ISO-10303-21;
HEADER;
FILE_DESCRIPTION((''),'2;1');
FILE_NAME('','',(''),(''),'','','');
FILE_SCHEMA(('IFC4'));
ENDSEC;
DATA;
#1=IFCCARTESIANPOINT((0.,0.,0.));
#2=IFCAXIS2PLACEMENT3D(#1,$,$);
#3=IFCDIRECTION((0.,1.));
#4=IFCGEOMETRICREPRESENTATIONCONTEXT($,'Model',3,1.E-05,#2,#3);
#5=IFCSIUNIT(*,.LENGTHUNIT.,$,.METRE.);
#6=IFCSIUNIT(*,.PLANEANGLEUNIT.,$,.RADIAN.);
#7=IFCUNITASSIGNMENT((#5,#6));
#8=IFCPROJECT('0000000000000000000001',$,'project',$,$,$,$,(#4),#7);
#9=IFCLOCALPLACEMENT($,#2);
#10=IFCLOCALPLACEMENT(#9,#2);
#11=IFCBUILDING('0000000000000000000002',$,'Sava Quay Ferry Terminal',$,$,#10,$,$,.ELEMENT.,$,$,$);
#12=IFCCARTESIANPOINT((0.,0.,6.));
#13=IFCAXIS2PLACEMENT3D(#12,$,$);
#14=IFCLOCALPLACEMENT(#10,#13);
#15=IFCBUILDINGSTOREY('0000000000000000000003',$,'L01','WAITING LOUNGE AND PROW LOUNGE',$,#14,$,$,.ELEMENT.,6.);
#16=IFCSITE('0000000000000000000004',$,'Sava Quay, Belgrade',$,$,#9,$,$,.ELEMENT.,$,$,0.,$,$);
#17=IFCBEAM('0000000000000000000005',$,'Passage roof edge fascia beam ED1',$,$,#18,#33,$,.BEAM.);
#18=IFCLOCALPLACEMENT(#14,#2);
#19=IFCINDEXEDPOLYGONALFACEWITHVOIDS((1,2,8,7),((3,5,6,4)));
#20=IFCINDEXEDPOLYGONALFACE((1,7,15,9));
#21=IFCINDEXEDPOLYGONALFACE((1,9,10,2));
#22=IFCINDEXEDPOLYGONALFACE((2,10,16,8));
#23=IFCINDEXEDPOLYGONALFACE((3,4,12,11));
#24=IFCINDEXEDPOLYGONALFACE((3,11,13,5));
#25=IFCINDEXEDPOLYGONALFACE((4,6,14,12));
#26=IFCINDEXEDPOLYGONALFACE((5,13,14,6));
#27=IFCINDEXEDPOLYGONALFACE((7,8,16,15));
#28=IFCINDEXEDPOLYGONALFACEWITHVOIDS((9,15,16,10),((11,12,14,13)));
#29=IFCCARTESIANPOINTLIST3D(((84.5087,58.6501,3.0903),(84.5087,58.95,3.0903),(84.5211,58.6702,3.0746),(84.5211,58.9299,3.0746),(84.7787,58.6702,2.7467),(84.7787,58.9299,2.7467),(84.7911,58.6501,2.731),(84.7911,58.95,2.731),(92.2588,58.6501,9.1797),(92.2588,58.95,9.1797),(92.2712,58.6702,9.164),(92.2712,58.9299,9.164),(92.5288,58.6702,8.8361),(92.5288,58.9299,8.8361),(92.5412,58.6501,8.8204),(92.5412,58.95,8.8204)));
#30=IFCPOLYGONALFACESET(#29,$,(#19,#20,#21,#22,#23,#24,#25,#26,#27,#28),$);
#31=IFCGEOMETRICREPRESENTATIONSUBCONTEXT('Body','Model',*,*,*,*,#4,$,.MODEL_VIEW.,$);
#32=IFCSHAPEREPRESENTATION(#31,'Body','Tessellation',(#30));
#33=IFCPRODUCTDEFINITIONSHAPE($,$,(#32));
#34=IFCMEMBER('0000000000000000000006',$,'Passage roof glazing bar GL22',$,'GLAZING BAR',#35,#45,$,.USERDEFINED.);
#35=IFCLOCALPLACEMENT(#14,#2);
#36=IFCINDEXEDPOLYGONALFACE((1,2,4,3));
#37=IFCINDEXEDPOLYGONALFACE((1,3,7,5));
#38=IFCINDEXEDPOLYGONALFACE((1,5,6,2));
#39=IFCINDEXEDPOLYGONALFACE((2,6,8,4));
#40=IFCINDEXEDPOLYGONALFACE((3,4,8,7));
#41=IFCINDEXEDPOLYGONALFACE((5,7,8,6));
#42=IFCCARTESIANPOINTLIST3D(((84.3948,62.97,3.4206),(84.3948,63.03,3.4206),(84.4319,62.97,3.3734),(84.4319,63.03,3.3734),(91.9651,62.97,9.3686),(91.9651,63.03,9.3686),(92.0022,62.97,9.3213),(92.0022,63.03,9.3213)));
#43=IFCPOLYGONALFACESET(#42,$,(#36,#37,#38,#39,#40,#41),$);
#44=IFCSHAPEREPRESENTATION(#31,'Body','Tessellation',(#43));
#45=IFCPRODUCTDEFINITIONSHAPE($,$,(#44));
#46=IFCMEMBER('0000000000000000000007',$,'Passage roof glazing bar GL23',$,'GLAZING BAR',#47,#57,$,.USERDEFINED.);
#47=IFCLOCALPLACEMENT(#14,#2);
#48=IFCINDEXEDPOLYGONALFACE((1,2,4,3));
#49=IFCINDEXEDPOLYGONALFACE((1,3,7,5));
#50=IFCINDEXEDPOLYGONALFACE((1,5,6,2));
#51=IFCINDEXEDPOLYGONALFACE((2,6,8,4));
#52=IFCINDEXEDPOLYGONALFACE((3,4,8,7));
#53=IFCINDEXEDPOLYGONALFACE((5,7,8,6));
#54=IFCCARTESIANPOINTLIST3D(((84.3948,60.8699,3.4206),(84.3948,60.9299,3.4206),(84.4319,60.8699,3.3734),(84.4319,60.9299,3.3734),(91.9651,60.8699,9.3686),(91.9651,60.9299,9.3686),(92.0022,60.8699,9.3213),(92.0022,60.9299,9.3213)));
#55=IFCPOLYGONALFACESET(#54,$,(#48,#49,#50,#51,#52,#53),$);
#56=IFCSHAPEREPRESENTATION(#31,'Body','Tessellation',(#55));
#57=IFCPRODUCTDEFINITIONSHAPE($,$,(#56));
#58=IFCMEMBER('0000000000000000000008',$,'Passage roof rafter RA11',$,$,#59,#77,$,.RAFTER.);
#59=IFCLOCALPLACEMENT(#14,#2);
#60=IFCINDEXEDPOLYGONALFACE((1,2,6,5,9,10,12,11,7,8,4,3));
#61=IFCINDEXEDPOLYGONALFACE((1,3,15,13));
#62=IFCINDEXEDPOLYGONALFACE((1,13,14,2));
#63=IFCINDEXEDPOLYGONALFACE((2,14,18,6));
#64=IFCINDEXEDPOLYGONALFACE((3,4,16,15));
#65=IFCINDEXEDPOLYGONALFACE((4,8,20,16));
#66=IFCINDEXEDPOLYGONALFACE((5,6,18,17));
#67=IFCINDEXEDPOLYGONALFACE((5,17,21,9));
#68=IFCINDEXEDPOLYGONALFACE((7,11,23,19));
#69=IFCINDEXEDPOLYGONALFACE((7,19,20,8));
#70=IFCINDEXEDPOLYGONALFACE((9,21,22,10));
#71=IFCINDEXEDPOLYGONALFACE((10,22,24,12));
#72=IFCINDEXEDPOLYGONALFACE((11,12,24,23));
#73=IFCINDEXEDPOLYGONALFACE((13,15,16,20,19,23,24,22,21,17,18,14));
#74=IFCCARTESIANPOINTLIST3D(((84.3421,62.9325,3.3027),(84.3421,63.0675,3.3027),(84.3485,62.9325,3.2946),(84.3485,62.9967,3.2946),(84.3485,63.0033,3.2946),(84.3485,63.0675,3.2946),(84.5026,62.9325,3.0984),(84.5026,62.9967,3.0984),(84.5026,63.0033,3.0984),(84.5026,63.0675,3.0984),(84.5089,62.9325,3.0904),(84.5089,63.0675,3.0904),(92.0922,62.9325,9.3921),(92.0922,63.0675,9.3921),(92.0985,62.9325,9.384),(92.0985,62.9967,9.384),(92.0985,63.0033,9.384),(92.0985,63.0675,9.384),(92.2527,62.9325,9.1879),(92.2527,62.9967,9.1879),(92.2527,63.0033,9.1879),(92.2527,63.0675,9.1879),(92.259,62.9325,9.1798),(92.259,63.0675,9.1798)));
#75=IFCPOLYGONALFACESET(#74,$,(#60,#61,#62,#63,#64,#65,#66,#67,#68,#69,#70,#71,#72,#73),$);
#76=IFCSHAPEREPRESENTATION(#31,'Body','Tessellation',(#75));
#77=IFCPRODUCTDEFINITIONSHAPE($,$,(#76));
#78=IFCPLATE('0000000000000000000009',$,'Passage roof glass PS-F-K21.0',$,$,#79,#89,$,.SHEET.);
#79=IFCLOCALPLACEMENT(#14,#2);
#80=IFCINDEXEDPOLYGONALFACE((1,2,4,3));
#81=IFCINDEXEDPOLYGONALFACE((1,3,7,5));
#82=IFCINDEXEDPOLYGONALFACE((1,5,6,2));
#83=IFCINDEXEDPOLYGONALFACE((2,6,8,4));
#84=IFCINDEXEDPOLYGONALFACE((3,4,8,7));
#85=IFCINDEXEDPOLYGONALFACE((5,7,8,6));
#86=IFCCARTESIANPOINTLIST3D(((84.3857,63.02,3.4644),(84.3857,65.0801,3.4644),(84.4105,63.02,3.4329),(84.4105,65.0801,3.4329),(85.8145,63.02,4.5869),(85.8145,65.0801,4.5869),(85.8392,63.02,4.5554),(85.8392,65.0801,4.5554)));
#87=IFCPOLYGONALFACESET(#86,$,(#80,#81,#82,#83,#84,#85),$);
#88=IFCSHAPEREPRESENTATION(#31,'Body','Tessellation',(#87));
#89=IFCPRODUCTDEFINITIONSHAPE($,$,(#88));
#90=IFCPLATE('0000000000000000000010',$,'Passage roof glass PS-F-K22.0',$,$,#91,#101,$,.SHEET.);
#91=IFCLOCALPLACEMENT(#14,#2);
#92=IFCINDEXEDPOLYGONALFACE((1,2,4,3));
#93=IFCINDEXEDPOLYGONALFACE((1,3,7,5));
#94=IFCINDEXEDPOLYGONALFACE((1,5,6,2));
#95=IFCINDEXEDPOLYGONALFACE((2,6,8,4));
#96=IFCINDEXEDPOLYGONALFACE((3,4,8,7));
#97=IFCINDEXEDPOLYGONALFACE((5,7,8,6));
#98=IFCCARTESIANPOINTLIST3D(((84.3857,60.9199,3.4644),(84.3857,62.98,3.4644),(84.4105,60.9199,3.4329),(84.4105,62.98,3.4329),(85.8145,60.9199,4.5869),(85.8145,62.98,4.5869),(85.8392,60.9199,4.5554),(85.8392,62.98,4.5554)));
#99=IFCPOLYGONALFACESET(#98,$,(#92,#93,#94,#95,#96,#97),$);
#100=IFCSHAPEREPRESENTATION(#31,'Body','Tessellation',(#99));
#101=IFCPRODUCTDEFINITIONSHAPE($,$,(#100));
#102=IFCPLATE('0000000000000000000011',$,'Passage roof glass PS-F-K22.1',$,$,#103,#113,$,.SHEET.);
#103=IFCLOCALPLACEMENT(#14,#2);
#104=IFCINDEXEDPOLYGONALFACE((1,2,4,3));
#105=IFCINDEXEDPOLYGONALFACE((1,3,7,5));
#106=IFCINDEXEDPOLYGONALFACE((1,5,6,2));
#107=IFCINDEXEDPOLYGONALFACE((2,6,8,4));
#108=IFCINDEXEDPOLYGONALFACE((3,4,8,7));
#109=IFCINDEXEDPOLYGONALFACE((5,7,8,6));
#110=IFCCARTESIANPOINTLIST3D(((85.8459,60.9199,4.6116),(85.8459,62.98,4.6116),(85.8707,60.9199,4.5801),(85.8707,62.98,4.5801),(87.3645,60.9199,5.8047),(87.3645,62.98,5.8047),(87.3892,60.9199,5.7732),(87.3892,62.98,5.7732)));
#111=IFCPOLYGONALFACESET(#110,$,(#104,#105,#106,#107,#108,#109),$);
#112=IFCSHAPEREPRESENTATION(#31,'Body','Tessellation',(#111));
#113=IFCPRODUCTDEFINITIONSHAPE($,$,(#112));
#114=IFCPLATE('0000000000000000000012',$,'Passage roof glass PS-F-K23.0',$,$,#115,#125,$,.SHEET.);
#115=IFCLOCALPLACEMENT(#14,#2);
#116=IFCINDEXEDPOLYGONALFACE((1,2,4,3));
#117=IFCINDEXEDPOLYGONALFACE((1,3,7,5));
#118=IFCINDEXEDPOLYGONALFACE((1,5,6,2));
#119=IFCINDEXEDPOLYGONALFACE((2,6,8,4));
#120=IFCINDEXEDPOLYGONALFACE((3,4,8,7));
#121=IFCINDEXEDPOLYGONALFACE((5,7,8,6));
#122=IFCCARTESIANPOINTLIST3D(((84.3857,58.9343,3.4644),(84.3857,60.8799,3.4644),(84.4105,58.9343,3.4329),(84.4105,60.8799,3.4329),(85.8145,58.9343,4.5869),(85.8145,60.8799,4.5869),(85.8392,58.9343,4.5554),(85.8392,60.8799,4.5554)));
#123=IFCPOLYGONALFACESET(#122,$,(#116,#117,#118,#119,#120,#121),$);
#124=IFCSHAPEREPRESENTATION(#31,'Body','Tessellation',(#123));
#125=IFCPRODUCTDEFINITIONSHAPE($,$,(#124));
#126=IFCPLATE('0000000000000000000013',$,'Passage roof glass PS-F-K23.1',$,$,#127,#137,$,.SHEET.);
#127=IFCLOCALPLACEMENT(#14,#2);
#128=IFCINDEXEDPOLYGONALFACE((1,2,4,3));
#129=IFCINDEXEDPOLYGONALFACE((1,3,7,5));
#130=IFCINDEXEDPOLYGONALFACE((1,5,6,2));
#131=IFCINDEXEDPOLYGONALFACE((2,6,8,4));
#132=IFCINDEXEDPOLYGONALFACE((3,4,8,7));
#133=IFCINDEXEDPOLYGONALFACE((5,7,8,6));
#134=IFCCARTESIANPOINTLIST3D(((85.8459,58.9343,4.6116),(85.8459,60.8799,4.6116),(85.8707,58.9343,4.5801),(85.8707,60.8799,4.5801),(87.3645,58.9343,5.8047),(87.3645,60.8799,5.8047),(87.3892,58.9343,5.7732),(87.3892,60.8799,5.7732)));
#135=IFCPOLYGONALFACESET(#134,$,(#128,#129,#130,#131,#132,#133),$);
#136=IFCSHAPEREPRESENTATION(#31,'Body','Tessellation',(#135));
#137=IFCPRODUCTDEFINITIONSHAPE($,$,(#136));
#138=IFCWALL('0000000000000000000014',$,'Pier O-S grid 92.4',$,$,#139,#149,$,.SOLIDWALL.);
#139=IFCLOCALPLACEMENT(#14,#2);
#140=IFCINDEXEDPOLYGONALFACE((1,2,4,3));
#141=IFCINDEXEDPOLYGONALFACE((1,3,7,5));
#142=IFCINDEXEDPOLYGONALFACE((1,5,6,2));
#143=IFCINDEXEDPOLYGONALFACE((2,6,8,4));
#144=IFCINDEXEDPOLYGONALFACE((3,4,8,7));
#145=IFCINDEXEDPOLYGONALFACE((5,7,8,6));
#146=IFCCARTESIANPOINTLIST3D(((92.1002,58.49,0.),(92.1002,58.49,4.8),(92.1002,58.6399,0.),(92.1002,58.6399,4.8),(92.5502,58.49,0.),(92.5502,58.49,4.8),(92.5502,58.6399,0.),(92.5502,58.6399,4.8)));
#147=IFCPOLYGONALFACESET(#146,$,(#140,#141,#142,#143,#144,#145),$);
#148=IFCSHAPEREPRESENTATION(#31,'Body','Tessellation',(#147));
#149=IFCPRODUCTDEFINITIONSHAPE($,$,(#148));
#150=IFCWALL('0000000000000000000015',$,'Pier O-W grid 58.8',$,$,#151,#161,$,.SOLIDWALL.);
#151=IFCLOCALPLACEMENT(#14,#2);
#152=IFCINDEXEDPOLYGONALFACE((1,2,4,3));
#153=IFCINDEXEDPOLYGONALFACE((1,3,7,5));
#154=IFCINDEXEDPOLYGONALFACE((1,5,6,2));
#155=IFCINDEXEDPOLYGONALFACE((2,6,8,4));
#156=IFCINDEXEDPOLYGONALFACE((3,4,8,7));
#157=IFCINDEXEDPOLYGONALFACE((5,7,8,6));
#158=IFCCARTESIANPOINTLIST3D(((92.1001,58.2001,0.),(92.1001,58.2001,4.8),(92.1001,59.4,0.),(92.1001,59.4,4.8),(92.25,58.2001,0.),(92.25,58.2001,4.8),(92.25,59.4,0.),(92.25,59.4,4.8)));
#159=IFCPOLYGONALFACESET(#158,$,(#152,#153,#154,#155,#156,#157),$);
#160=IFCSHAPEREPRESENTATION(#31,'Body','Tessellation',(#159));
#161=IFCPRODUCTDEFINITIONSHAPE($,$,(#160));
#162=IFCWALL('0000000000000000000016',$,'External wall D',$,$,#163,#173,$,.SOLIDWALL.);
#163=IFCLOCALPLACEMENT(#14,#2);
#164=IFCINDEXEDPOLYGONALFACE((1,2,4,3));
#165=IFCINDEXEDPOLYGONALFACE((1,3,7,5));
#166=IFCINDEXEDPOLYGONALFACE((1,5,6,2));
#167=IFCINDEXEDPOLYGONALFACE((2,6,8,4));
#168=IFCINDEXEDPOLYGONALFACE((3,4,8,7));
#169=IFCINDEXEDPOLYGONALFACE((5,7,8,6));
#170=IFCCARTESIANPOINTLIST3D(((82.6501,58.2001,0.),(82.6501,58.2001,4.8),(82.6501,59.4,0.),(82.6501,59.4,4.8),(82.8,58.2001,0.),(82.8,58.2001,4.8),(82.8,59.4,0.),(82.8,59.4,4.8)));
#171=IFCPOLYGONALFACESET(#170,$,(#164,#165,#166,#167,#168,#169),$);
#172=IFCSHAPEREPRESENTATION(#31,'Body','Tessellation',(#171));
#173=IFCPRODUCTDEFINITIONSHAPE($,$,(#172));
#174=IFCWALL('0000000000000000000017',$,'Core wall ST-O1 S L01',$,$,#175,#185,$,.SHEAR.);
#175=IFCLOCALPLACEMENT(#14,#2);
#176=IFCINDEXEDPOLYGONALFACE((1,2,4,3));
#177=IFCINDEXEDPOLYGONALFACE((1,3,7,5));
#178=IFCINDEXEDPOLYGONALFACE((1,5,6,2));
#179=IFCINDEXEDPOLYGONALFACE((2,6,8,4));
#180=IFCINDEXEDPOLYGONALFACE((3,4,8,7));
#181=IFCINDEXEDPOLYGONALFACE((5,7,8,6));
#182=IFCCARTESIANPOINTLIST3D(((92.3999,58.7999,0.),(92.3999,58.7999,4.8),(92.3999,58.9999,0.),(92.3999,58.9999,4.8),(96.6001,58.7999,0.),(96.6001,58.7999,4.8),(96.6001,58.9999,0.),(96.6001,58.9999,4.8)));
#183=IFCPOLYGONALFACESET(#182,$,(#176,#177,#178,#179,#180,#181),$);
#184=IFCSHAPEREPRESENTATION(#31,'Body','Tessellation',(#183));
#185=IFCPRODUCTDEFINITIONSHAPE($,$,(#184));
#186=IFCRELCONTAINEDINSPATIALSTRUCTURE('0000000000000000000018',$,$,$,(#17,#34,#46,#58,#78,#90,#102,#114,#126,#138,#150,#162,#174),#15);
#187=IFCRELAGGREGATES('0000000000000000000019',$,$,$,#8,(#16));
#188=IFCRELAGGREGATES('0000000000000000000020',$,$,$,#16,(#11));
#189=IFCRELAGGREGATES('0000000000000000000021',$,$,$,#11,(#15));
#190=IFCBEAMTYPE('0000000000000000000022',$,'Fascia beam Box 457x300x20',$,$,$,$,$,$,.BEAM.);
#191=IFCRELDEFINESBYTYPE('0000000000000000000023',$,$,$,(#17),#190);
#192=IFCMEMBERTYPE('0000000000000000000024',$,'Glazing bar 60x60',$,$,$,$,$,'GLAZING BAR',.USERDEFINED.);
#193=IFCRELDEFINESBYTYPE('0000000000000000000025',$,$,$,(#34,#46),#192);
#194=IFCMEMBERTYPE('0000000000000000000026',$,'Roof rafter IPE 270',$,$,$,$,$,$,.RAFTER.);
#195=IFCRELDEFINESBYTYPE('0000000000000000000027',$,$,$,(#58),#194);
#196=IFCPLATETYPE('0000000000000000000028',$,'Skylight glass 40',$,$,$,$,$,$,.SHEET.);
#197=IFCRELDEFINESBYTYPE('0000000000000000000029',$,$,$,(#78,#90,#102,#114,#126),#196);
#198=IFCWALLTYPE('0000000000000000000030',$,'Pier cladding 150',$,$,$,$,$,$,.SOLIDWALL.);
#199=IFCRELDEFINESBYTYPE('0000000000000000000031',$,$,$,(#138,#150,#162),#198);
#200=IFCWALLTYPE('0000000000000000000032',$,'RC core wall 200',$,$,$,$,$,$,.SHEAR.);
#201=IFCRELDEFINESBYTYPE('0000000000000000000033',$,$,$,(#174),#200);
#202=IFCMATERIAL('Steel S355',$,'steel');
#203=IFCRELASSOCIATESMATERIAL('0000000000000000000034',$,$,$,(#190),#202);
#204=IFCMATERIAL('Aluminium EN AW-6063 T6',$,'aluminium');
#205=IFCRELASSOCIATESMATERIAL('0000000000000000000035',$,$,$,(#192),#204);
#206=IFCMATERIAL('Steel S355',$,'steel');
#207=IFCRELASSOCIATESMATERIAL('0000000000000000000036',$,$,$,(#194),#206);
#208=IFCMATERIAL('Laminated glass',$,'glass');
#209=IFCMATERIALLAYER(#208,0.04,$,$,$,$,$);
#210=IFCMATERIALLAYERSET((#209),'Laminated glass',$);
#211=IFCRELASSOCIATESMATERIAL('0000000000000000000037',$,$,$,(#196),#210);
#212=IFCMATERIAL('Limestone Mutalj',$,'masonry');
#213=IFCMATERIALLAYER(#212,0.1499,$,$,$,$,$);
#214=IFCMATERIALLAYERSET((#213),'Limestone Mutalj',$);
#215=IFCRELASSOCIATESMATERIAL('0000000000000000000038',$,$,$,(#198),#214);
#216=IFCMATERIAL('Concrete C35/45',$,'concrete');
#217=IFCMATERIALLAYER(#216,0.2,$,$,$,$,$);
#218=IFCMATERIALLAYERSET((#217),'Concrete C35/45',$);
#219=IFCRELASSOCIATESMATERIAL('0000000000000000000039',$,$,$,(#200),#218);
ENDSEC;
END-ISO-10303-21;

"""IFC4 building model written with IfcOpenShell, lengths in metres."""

from ifc_helpers import new_model, si_unit, direction, frame, frame_2d, origin, origin_2d, place, context, subcontext, project, spatial, polyline, rectangle, i_section, outline, extrude, material, layer, layer_set, material_profile, profile_set, type_object, element, save


model = new_model("IFC4")

# Units and contexts
model_context = context("Model", 3, precision=1e-05, world=origin(), true_north=direction((0.0, 1.0)))
body_context = subcontext(model_context, "Body", "Model", "MODEL_VIEW")
ifc_project = project(units=[si_unit("LENGTHUNIT", "METRE"), si_unit("PLANEANGLEUNIT", "RADIAN")], contexts=[model_context])

# Site, building, storey
site_placement = place(None, origin())
site = spatial("IfcSite", under=ifc_project, at=site_placement, Name="Sava Quay, Belgrade", CompositionType="ELEMENT", RefElevation=0.0)
building_placement = place(site_placement, origin())
building = spatial("IfcBuilding", under=site, at=building_placement, Name="Sava Quay Ferry Terminal", CompositionType="ELEMENT")
storey_placement = place(building_placement, frame((0.0, 0.0, 6.0)))
storey = spatial("IfcBuildingStorey", under=building, at=storey_placement, Name="L01", Description="WAITING LOUNGE AND PROW LOUNGE", CompositionType="ELEMENT", Elevation=6.0)

# Beam
ifc_material_1 = material(Name="Steel S355", Category="steel")
ifc_material_profile_1 = material_profile(ifc_material_1, outline(polyline([(-0.1499, -0.2285), (0.1499, -0.2285), (0.1499, 0.2285), (-0.1499, 0.2285), (-0.1499, -0.2285)]), holes=[polyline([(-0.1299, -0.2085), (-0.1299, 0.2085), (0.1299, 0.2085), (0.1299, -0.2085), (-0.1299, -0.2085)])]), Name="Box 457x300x20 built-up")
ifc_profile_set_1 = profile_set([ifc_material_profile_1], Name="Steel S355")
beam_type = type_object("IfcBeamType", Name="Fascia beam Box 457x300x20", PredefinedType="BEAM", material=ifc_profile_set_1)
beam_placement = place(storey_placement, frame((84.6499, 58.8, 2.9106), z_axis=(0.786315, 0.0, 0.617826), x_axis=(0.0, 1.0, 0.0)))
element("IfcBeam", 1, at=beam_placement, inside=storey, type_object=beam_type, Name="Passage roof edge fascia beam ED1", PredefinedType="BEAM", context=body_context, shape_type="SweptSolid", body=[
    extrude(outline(polyline([(-0.1499, -0.2285), (0.1499, -0.2285), (0.1499, 0.2285), (-0.1499, 0.2285), (-0.1499, -0.2285)]), holes=[polyline([(-0.1299, -0.2085), (-0.1299, 0.2085), (0.1299, 0.2085), (0.1299, -0.2085), (-0.1299, -0.2085)])]), origin(), (0.0, 0.0, 1.0), 9.8562),
])

# Members
ifc_material_2 = material(Name="Aluminium EN AW-6063 T6", Category="aluminium")
ifc_material_profile_2 = material_profile(ifc_material_2, rectangle(XDim=0.0601, YDim=0.0601, at=origin_2d()), Name="Bar 60 x 60")
ifc_profile_set_2 = profile_set([ifc_material_profile_2], Name="Aluminium EN AW-6063 T6")
member_type_1 = type_object("IfcMemberType", Name="Glazing bar 60x60", ElementType="GLAZING BAR", PredefinedType="USERDEFINED", material=ifc_profile_set_2)
for number, where, z_axis, x_axis, name in (
    (2, (84.4133, 63.0, 3.397), (0.786324, 0.0, 0.617815), (0.0, 1.0, 0.0), "Passage roof glazing bar GL22"),
    (3, (84.4133, 60.8999, 3.397), (0.786324, 0.0, 0.617815), (0.0, 1.0, 0.0), "Passage roof glazing bar GL23"),
):
    element("IfcMember", number, at=place(storey_placement, frame(where, z_axis=z_axis, x_axis=x_axis)), inside=storey, type_object=member_type_1, Name=name, ObjectType="GLAZING BAR", PredefinedType="USERDEFINED", context=body_context, shape_type="SweptSolid", body=[
        extrude(rectangle(XDim=0.0601, YDim=0.0601, at=origin_2d()), origin(), (0.0, 0.0, 1.0), 9.6274),
    ])
ifc_material_3 = material(Name="Steel S355", Category="steel")
ifc_material_profile_3 = material_profile(ifc_material_3, i_section(OverallWidth=0.135, OverallDepth=0.27, WebThickness=0.0066, FlangeThickness=0.0103, at=origin_2d()), Name="IPE 270")
ifc_profile_set_3 = profile_set([ifc_material_profile_3], Name="Steel S355")
member_type_2 = type_object("IfcMemberType", Name="Roof rafter IPE 270", PredefinedType="RAFTER", material=ifc_profile_set_3)
member_placement = place(storey_placement, frame((84.4255, 63.0, 3.1965), z_axis=(0.786315, 0.0, 0.617826), x_axis=(0.0, 1.0, 0.0)))
element("IfcMember", 4, at=member_placement, inside=storey, type_object=member_type_2, Name="Passage roof rafter RA11", PredefinedType="RAFTER", context=body_context, shape_type="SweptSolid", body=[
    extrude(i_section(OverallWidth=0.135, OverallDepth=0.27, WebThickness=0.0066, FlangeThickness=0.0103, at=origin_2d()), origin(), (0.0, 0.0, 1.0), 9.8562),
])

# Plates
ifc_material_4 = material(Name="Laminated glass", Category="glass")
ifc_layer_1 = layer(ifc_material_4, 0.04)
ifc_layer_set_1 = layer_set([ifc_layer_1], Name="Laminated glass")
plate_type = type_object("IfcPlateType", Name="Skylight glass 40", PredefinedType="SHEET", material=ifc_layer_set_1)
for number, where, z_axis, x_axis, name in (
    (5, (85.8145, 65.0801, 4.5869), (-0.617822, 0.0, 0.786318), (0.0, -1.0, 0.0), "Passage roof glass PS-F-K21.0"),
    (6, (85.8145, 62.98, 4.5869), (-0.617822, 0.0, 0.786318), (0.0, -1.0, 0.0), "Passage roof glass PS-F-K22.0"),
):
    element("IfcPlate", number, at=place(storey_placement, frame(where, z_axis=z_axis, x_axis=x_axis)), inside=storey, type_object=plate_type, Name=name, PredefinedType="SHEET", context=body_context, shape_type="SweptSolid", body=[
        extrude(outline(polyline([(0.0, 0.0), (2.0601, 0.0), (2.0601, -1.817), (0.0, -1.817), (0.0, 0.0)])), origin(), (0.0, 0.0, -1.0), 0.04),
    ])
plate_1_placement = place(storey_placement, frame((85.8459, 62.98, 4.6116), z_axis=(-0.61781, 0.0, 0.786327), x_axis=(0.786327, 0.0, 0.61781)))
element("IfcPlate", 7, at=plate_1_placement, inside=storey, type_object=plate_type, Name="Passage roof glass PS-F-K22.1", PredefinedType="SHEET", context=body_context, shape_type="SweptSolid", body=[
    extrude(outline(polyline([(0.0, 0.0), (1.9312, 0.0), (1.9312, -2.0601), (0.0, -2.0601), (0.0, 0.0)])), origin(), (0.0, 0.0, -1.0), 0.04),
])
plate_2_placement = place(storey_placement, frame((85.8145, 60.8799, 4.5869), z_axis=(-0.617822, 0.0, 0.786318), x_axis=(0.0, -1.0, 0.0)))
element("IfcPlate", 8, at=plate_2_placement, inside=storey, type_object=plate_type, Name="Passage roof glass PS-F-K23.0", PredefinedType="SHEET", context=body_context, shape_type="SweptSolid", body=[
    extrude(outline(polyline([(0.0, 0.0), (1.9456, 0.0), (1.9456, -1.817), (0.0, -1.817), (0.0, 0.0)])), origin(), (0.0, 0.0, -1.0), 0.04),
])
plate_3_placement = place(storey_placement, frame((85.8459, 60.8799, 4.6116), z_axis=(-0.61781, 0.0, 0.786327), x_axis=(0.786327, 0.0, 0.61781)))
element("IfcPlate", 9, at=plate_3_placement, inside=storey, type_object=plate_type, Name="Passage roof glass PS-F-K23.1", PredefinedType="SHEET", context=body_context, shape_type="SweptSolid", body=[
    extrude(outline(polyline([(0.0, 0.0), (1.9312, 0.0), (1.9312, -1.9456), (0.0, -1.9456), (0.0, 0.0)])), origin(), (0.0, 0.0, -1.0), 0.04),
])

# Walls
ifc_material_5 = material(Name="Limestone Mutalj", Category="masonry")
ifc_layer_2 = layer(ifc_material_5, 0.1499)
ifc_layer_set_2 = layer_set([ifc_layer_2], Name="Limestone Mutalj")
wall_type_1 = type_object("IfcWallType", Name="Pier cladding 150", PredefinedType="SOLIDWALL", material=ifc_layer_set_2)
wall_1_placement = place(storey_placement, frame((92.1001, 58.5649, 0.0), z_axis=(0.0, 0.0, 1.0), x_axis=(1.0, 0.0, 0.0)))
element("IfcWall", 10, at=wall_1_placement, inside=storey, type_object=wall_type_1, Name="Pier O-S grid 92.4", PredefinedType="SOLIDWALL", context=body_context, shape_type="SweptSolid", body=[
    extrude(rectangle(XDim=0.45, YDim=0.1499, at=frame_2d((0.2251, 0.0))), origin(), (0.0, 0.0, 1.0), 4.8),
])
for number, where, z_axis, x_axis, name in (
    (11, (92.175, 58.2, 0.0), (0.0, 0.0, 1.0), (0.0, 1.0, 0.0), "Pier O-W grid 58.8"),
    (12, (82.7251, 58.2, 0.0), (0.0, 0.0, 1.0), (0.0, 1.0, 0.0), "External wall D"),
):
    element("IfcWall", number, at=place(storey_placement, frame(where, z_axis=z_axis, x_axis=x_axis)), inside=storey, type_object=wall_type_1, Name=name, PredefinedType="SOLIDWALL", context=body_context, shape_type="SweptSolid", body=[
        extrude(rectangle(XDim=1.2, YDim=0.1499, at=frame_2d((0.6001, 0.0))), origin(), (0.0, 0.0, 1.0), 4.8),
    ])
ifc_material_6 = material(Name="Concrete C35/45", Category="concrete")
ifc_layer_3 = layer(ifc_material_6, 0.2)
ifc_layer_set_3 = layer_set([ifc_layer_3], Name="Concrete C35/45")
wall_type_2 = type_object("IfcWallType", Name="RC core wall 200", PredefinedType="SHEAR", material=ifc_layer_set_3)
wall_2_placement = place(storey_placement, frame((92.3999, 58.8999, 0.0), z_axis=(0.0, 0.0, 1.0), x_axis=(1.0, 0.0, 0.0)))
element("IfcWall", 13, at=wall_2_placement, inside=storey, type_object=wall_type_2, Name="Core wall ST-O1 S L01", PredefinedType="SHEAR", context=body_context, shape_type="SweptSolid", body=[
    extrude(rectangle(XDim=4.2002, YDim=0.2, at=frame_2d((2.1001, 0.0))), origin(), (0.0, 0.0, 1.0), 4.8),
])

save(model, "model.ifc")
